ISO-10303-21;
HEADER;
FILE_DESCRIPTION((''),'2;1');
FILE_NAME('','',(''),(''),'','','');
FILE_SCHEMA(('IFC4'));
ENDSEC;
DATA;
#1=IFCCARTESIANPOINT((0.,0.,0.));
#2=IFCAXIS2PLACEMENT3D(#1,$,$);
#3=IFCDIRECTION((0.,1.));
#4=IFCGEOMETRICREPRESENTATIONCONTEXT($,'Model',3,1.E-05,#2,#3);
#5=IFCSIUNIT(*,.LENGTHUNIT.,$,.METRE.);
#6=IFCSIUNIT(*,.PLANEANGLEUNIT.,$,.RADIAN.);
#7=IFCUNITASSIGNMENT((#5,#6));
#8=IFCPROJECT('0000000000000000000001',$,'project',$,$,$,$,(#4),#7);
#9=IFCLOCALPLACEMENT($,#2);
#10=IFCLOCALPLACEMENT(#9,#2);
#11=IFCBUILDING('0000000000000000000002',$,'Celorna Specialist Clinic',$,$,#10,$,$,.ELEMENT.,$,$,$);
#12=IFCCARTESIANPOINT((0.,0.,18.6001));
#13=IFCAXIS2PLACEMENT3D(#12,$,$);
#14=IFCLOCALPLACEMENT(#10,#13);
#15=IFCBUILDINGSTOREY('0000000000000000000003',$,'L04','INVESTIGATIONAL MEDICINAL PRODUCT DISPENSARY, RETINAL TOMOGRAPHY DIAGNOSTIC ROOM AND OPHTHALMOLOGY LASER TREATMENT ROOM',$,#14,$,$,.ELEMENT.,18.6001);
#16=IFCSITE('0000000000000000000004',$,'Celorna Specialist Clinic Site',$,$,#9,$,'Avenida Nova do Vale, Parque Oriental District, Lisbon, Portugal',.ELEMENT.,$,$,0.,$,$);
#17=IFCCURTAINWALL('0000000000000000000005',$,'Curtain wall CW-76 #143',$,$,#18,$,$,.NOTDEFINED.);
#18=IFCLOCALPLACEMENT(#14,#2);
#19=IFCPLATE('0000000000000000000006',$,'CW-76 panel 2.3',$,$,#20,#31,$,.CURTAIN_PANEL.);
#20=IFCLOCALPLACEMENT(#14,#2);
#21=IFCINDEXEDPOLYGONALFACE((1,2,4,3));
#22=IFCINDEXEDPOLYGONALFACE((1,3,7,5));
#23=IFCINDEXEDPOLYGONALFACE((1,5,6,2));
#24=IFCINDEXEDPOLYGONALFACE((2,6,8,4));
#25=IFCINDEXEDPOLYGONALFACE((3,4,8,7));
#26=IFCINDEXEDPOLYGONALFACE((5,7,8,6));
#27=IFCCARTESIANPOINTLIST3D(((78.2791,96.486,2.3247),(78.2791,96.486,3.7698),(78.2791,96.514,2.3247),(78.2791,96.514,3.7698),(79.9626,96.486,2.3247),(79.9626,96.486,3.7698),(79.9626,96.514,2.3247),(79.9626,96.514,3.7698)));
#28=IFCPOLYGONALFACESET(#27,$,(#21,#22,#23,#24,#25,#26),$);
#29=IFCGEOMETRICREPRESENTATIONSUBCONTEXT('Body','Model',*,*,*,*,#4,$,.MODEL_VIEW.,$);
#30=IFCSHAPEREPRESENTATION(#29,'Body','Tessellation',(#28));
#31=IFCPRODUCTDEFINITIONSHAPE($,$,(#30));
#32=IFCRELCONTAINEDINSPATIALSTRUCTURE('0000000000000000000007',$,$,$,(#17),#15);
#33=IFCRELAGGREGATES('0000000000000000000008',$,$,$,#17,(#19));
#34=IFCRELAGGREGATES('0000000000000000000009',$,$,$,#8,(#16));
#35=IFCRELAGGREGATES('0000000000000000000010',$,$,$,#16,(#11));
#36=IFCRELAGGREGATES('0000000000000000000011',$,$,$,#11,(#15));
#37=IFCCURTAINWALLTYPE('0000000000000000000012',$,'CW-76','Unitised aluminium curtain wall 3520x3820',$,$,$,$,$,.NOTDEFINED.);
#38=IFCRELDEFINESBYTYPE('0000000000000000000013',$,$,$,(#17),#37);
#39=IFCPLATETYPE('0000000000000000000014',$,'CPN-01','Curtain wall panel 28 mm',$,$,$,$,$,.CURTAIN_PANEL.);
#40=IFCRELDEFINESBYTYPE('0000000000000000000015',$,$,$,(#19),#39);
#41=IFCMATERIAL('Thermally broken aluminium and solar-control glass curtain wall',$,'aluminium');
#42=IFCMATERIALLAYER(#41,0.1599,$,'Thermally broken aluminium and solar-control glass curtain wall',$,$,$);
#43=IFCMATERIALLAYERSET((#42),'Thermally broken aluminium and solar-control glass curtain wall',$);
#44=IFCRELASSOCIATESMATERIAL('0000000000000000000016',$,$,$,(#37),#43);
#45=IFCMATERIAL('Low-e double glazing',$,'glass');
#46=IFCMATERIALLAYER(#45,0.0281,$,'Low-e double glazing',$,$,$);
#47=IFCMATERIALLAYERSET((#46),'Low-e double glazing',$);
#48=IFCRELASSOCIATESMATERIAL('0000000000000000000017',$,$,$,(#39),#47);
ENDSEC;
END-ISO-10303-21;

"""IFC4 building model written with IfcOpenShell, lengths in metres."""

from ifc_helpers import new_model, si_unit, direction, frame, origin, origin_2d, place, context, subcontext, project, spatial, rectangle, extrude, material, layer, layer_set, type_object, element, aggregate, save


model = new_model("IFC4")

# Units and contexts
model_context = context("Model", 3, precision=1e-05, world=origin(), true_north=direction((0.0, 1.0)))
body_context = subcontext(model_context, "Body", "Model", "MODEL_VIEW")
ifc_project = project(units=[si_unit("LENGTHUNIT", "METRE"), si_unit("PLANEANGLEUNIT", "RADIAN")], contexts=[model_context])

# Site, building, storey
site_placement = place(None, origin())
site = spatial("IfcSite", under=ifc_project, at=site_placement, Name="Celorna Specialist Clinic Site", LongName="Avenida Nova do Vale, Parque Oriental District, Lisbon, Portugal", CompositionType="ELEMENT", RefElevation=0.0)
building_placement = place(site_placement, origin())
building = spatial("IfcBuilding", under=site, at=building_placement, Name="Celorna Specialist Clinic", CompositionType="ELEMENT")
storey_placement = place(building_placement, frame((0.0, 0.0, 18.6001)))
storey = spatial("IfcBuildingStorey", under=building, at=storey_placement, Name="L04", Description="INVESTIGATIONAL MEDICINAL PRODUCT DISPENSARY, RETINAL TOMOGRAPHY DIAGNOSTIC ROOM AND OPHTHALMOLOGY LASER TREATMENT ROOM", CompositionType="ELEMENT", Elevation=18.6001)

# Curtain wall
ifc_material_1 = material(Name="Thermally broken aluminium and solar-control glass curtain wall", Category="aluminium")
ifc_layer_1 = layer(ifc_material_1, 0.1599, Name="Thermally broken aluminium and solar-control glass curtain wall")
ifc_layer_set_1 = layer_set([ifc_layer_1], Name="Thermally broken aluminium and solar-control glass curtain wall")
curtain_wall_type = type_object("IfcCurtainWallType", Name="CW-76", Description="Unitised aluminium curtain wall 3520x3820", PredefinedType="NOTDEFINED", material=ifc_layer_set_1)
curtain_wall_1_placement = place(storey_placement, origin())
curtain_wall_1 = element("IfcCurtainWall", 1, at=curtain_wall_1_placement, inside=storey, type_object=curtain_wall_type, Name="Curtain wall CW-76 #143", PredefinedType="NOTDEFINED")

# Plate
ifc_material_2 = material(Name="Low-e double glazing", Category="glass")
ifc_layer_2 = layer(ifc_material_2, 0.0281, Name="Low-e double glazing")
ifc_layer_set_2 = layer_set([ifc_layer_2], Name="Low-e double glazing")
plate_type = type_object("IfcPlateType", Name="CPN-01", Description="Curtain wall panel 28 mm", PredefinedType="CURTAIN_PANEL", material=ifc_layer_set_2)
plate_1_placement = place(storey_placement, frame((79.1208, 96.5, 2.3247), z_axis=(0.0, 0.0, 1.0), x_axis=(-1.0, 0.0, 0.0)))
plate_1 = element("IfcPlate", 2, at=plate_1_placement, type_object=plate_type, Name="CW-76 panel 2.3", PredefinedType="CURTAIN_PANEL", context=body_context, shape_type="SweptSolid", body=[
    extrude(rectangle(XDim=1.6836, YDim=0.0281, at=origin_2d()), origin(), (0.0, 0.0, 1.0), 1.4451),
])
aggregate(curtain_wall_1, [plate_1])

save(model, "model.ifc")
